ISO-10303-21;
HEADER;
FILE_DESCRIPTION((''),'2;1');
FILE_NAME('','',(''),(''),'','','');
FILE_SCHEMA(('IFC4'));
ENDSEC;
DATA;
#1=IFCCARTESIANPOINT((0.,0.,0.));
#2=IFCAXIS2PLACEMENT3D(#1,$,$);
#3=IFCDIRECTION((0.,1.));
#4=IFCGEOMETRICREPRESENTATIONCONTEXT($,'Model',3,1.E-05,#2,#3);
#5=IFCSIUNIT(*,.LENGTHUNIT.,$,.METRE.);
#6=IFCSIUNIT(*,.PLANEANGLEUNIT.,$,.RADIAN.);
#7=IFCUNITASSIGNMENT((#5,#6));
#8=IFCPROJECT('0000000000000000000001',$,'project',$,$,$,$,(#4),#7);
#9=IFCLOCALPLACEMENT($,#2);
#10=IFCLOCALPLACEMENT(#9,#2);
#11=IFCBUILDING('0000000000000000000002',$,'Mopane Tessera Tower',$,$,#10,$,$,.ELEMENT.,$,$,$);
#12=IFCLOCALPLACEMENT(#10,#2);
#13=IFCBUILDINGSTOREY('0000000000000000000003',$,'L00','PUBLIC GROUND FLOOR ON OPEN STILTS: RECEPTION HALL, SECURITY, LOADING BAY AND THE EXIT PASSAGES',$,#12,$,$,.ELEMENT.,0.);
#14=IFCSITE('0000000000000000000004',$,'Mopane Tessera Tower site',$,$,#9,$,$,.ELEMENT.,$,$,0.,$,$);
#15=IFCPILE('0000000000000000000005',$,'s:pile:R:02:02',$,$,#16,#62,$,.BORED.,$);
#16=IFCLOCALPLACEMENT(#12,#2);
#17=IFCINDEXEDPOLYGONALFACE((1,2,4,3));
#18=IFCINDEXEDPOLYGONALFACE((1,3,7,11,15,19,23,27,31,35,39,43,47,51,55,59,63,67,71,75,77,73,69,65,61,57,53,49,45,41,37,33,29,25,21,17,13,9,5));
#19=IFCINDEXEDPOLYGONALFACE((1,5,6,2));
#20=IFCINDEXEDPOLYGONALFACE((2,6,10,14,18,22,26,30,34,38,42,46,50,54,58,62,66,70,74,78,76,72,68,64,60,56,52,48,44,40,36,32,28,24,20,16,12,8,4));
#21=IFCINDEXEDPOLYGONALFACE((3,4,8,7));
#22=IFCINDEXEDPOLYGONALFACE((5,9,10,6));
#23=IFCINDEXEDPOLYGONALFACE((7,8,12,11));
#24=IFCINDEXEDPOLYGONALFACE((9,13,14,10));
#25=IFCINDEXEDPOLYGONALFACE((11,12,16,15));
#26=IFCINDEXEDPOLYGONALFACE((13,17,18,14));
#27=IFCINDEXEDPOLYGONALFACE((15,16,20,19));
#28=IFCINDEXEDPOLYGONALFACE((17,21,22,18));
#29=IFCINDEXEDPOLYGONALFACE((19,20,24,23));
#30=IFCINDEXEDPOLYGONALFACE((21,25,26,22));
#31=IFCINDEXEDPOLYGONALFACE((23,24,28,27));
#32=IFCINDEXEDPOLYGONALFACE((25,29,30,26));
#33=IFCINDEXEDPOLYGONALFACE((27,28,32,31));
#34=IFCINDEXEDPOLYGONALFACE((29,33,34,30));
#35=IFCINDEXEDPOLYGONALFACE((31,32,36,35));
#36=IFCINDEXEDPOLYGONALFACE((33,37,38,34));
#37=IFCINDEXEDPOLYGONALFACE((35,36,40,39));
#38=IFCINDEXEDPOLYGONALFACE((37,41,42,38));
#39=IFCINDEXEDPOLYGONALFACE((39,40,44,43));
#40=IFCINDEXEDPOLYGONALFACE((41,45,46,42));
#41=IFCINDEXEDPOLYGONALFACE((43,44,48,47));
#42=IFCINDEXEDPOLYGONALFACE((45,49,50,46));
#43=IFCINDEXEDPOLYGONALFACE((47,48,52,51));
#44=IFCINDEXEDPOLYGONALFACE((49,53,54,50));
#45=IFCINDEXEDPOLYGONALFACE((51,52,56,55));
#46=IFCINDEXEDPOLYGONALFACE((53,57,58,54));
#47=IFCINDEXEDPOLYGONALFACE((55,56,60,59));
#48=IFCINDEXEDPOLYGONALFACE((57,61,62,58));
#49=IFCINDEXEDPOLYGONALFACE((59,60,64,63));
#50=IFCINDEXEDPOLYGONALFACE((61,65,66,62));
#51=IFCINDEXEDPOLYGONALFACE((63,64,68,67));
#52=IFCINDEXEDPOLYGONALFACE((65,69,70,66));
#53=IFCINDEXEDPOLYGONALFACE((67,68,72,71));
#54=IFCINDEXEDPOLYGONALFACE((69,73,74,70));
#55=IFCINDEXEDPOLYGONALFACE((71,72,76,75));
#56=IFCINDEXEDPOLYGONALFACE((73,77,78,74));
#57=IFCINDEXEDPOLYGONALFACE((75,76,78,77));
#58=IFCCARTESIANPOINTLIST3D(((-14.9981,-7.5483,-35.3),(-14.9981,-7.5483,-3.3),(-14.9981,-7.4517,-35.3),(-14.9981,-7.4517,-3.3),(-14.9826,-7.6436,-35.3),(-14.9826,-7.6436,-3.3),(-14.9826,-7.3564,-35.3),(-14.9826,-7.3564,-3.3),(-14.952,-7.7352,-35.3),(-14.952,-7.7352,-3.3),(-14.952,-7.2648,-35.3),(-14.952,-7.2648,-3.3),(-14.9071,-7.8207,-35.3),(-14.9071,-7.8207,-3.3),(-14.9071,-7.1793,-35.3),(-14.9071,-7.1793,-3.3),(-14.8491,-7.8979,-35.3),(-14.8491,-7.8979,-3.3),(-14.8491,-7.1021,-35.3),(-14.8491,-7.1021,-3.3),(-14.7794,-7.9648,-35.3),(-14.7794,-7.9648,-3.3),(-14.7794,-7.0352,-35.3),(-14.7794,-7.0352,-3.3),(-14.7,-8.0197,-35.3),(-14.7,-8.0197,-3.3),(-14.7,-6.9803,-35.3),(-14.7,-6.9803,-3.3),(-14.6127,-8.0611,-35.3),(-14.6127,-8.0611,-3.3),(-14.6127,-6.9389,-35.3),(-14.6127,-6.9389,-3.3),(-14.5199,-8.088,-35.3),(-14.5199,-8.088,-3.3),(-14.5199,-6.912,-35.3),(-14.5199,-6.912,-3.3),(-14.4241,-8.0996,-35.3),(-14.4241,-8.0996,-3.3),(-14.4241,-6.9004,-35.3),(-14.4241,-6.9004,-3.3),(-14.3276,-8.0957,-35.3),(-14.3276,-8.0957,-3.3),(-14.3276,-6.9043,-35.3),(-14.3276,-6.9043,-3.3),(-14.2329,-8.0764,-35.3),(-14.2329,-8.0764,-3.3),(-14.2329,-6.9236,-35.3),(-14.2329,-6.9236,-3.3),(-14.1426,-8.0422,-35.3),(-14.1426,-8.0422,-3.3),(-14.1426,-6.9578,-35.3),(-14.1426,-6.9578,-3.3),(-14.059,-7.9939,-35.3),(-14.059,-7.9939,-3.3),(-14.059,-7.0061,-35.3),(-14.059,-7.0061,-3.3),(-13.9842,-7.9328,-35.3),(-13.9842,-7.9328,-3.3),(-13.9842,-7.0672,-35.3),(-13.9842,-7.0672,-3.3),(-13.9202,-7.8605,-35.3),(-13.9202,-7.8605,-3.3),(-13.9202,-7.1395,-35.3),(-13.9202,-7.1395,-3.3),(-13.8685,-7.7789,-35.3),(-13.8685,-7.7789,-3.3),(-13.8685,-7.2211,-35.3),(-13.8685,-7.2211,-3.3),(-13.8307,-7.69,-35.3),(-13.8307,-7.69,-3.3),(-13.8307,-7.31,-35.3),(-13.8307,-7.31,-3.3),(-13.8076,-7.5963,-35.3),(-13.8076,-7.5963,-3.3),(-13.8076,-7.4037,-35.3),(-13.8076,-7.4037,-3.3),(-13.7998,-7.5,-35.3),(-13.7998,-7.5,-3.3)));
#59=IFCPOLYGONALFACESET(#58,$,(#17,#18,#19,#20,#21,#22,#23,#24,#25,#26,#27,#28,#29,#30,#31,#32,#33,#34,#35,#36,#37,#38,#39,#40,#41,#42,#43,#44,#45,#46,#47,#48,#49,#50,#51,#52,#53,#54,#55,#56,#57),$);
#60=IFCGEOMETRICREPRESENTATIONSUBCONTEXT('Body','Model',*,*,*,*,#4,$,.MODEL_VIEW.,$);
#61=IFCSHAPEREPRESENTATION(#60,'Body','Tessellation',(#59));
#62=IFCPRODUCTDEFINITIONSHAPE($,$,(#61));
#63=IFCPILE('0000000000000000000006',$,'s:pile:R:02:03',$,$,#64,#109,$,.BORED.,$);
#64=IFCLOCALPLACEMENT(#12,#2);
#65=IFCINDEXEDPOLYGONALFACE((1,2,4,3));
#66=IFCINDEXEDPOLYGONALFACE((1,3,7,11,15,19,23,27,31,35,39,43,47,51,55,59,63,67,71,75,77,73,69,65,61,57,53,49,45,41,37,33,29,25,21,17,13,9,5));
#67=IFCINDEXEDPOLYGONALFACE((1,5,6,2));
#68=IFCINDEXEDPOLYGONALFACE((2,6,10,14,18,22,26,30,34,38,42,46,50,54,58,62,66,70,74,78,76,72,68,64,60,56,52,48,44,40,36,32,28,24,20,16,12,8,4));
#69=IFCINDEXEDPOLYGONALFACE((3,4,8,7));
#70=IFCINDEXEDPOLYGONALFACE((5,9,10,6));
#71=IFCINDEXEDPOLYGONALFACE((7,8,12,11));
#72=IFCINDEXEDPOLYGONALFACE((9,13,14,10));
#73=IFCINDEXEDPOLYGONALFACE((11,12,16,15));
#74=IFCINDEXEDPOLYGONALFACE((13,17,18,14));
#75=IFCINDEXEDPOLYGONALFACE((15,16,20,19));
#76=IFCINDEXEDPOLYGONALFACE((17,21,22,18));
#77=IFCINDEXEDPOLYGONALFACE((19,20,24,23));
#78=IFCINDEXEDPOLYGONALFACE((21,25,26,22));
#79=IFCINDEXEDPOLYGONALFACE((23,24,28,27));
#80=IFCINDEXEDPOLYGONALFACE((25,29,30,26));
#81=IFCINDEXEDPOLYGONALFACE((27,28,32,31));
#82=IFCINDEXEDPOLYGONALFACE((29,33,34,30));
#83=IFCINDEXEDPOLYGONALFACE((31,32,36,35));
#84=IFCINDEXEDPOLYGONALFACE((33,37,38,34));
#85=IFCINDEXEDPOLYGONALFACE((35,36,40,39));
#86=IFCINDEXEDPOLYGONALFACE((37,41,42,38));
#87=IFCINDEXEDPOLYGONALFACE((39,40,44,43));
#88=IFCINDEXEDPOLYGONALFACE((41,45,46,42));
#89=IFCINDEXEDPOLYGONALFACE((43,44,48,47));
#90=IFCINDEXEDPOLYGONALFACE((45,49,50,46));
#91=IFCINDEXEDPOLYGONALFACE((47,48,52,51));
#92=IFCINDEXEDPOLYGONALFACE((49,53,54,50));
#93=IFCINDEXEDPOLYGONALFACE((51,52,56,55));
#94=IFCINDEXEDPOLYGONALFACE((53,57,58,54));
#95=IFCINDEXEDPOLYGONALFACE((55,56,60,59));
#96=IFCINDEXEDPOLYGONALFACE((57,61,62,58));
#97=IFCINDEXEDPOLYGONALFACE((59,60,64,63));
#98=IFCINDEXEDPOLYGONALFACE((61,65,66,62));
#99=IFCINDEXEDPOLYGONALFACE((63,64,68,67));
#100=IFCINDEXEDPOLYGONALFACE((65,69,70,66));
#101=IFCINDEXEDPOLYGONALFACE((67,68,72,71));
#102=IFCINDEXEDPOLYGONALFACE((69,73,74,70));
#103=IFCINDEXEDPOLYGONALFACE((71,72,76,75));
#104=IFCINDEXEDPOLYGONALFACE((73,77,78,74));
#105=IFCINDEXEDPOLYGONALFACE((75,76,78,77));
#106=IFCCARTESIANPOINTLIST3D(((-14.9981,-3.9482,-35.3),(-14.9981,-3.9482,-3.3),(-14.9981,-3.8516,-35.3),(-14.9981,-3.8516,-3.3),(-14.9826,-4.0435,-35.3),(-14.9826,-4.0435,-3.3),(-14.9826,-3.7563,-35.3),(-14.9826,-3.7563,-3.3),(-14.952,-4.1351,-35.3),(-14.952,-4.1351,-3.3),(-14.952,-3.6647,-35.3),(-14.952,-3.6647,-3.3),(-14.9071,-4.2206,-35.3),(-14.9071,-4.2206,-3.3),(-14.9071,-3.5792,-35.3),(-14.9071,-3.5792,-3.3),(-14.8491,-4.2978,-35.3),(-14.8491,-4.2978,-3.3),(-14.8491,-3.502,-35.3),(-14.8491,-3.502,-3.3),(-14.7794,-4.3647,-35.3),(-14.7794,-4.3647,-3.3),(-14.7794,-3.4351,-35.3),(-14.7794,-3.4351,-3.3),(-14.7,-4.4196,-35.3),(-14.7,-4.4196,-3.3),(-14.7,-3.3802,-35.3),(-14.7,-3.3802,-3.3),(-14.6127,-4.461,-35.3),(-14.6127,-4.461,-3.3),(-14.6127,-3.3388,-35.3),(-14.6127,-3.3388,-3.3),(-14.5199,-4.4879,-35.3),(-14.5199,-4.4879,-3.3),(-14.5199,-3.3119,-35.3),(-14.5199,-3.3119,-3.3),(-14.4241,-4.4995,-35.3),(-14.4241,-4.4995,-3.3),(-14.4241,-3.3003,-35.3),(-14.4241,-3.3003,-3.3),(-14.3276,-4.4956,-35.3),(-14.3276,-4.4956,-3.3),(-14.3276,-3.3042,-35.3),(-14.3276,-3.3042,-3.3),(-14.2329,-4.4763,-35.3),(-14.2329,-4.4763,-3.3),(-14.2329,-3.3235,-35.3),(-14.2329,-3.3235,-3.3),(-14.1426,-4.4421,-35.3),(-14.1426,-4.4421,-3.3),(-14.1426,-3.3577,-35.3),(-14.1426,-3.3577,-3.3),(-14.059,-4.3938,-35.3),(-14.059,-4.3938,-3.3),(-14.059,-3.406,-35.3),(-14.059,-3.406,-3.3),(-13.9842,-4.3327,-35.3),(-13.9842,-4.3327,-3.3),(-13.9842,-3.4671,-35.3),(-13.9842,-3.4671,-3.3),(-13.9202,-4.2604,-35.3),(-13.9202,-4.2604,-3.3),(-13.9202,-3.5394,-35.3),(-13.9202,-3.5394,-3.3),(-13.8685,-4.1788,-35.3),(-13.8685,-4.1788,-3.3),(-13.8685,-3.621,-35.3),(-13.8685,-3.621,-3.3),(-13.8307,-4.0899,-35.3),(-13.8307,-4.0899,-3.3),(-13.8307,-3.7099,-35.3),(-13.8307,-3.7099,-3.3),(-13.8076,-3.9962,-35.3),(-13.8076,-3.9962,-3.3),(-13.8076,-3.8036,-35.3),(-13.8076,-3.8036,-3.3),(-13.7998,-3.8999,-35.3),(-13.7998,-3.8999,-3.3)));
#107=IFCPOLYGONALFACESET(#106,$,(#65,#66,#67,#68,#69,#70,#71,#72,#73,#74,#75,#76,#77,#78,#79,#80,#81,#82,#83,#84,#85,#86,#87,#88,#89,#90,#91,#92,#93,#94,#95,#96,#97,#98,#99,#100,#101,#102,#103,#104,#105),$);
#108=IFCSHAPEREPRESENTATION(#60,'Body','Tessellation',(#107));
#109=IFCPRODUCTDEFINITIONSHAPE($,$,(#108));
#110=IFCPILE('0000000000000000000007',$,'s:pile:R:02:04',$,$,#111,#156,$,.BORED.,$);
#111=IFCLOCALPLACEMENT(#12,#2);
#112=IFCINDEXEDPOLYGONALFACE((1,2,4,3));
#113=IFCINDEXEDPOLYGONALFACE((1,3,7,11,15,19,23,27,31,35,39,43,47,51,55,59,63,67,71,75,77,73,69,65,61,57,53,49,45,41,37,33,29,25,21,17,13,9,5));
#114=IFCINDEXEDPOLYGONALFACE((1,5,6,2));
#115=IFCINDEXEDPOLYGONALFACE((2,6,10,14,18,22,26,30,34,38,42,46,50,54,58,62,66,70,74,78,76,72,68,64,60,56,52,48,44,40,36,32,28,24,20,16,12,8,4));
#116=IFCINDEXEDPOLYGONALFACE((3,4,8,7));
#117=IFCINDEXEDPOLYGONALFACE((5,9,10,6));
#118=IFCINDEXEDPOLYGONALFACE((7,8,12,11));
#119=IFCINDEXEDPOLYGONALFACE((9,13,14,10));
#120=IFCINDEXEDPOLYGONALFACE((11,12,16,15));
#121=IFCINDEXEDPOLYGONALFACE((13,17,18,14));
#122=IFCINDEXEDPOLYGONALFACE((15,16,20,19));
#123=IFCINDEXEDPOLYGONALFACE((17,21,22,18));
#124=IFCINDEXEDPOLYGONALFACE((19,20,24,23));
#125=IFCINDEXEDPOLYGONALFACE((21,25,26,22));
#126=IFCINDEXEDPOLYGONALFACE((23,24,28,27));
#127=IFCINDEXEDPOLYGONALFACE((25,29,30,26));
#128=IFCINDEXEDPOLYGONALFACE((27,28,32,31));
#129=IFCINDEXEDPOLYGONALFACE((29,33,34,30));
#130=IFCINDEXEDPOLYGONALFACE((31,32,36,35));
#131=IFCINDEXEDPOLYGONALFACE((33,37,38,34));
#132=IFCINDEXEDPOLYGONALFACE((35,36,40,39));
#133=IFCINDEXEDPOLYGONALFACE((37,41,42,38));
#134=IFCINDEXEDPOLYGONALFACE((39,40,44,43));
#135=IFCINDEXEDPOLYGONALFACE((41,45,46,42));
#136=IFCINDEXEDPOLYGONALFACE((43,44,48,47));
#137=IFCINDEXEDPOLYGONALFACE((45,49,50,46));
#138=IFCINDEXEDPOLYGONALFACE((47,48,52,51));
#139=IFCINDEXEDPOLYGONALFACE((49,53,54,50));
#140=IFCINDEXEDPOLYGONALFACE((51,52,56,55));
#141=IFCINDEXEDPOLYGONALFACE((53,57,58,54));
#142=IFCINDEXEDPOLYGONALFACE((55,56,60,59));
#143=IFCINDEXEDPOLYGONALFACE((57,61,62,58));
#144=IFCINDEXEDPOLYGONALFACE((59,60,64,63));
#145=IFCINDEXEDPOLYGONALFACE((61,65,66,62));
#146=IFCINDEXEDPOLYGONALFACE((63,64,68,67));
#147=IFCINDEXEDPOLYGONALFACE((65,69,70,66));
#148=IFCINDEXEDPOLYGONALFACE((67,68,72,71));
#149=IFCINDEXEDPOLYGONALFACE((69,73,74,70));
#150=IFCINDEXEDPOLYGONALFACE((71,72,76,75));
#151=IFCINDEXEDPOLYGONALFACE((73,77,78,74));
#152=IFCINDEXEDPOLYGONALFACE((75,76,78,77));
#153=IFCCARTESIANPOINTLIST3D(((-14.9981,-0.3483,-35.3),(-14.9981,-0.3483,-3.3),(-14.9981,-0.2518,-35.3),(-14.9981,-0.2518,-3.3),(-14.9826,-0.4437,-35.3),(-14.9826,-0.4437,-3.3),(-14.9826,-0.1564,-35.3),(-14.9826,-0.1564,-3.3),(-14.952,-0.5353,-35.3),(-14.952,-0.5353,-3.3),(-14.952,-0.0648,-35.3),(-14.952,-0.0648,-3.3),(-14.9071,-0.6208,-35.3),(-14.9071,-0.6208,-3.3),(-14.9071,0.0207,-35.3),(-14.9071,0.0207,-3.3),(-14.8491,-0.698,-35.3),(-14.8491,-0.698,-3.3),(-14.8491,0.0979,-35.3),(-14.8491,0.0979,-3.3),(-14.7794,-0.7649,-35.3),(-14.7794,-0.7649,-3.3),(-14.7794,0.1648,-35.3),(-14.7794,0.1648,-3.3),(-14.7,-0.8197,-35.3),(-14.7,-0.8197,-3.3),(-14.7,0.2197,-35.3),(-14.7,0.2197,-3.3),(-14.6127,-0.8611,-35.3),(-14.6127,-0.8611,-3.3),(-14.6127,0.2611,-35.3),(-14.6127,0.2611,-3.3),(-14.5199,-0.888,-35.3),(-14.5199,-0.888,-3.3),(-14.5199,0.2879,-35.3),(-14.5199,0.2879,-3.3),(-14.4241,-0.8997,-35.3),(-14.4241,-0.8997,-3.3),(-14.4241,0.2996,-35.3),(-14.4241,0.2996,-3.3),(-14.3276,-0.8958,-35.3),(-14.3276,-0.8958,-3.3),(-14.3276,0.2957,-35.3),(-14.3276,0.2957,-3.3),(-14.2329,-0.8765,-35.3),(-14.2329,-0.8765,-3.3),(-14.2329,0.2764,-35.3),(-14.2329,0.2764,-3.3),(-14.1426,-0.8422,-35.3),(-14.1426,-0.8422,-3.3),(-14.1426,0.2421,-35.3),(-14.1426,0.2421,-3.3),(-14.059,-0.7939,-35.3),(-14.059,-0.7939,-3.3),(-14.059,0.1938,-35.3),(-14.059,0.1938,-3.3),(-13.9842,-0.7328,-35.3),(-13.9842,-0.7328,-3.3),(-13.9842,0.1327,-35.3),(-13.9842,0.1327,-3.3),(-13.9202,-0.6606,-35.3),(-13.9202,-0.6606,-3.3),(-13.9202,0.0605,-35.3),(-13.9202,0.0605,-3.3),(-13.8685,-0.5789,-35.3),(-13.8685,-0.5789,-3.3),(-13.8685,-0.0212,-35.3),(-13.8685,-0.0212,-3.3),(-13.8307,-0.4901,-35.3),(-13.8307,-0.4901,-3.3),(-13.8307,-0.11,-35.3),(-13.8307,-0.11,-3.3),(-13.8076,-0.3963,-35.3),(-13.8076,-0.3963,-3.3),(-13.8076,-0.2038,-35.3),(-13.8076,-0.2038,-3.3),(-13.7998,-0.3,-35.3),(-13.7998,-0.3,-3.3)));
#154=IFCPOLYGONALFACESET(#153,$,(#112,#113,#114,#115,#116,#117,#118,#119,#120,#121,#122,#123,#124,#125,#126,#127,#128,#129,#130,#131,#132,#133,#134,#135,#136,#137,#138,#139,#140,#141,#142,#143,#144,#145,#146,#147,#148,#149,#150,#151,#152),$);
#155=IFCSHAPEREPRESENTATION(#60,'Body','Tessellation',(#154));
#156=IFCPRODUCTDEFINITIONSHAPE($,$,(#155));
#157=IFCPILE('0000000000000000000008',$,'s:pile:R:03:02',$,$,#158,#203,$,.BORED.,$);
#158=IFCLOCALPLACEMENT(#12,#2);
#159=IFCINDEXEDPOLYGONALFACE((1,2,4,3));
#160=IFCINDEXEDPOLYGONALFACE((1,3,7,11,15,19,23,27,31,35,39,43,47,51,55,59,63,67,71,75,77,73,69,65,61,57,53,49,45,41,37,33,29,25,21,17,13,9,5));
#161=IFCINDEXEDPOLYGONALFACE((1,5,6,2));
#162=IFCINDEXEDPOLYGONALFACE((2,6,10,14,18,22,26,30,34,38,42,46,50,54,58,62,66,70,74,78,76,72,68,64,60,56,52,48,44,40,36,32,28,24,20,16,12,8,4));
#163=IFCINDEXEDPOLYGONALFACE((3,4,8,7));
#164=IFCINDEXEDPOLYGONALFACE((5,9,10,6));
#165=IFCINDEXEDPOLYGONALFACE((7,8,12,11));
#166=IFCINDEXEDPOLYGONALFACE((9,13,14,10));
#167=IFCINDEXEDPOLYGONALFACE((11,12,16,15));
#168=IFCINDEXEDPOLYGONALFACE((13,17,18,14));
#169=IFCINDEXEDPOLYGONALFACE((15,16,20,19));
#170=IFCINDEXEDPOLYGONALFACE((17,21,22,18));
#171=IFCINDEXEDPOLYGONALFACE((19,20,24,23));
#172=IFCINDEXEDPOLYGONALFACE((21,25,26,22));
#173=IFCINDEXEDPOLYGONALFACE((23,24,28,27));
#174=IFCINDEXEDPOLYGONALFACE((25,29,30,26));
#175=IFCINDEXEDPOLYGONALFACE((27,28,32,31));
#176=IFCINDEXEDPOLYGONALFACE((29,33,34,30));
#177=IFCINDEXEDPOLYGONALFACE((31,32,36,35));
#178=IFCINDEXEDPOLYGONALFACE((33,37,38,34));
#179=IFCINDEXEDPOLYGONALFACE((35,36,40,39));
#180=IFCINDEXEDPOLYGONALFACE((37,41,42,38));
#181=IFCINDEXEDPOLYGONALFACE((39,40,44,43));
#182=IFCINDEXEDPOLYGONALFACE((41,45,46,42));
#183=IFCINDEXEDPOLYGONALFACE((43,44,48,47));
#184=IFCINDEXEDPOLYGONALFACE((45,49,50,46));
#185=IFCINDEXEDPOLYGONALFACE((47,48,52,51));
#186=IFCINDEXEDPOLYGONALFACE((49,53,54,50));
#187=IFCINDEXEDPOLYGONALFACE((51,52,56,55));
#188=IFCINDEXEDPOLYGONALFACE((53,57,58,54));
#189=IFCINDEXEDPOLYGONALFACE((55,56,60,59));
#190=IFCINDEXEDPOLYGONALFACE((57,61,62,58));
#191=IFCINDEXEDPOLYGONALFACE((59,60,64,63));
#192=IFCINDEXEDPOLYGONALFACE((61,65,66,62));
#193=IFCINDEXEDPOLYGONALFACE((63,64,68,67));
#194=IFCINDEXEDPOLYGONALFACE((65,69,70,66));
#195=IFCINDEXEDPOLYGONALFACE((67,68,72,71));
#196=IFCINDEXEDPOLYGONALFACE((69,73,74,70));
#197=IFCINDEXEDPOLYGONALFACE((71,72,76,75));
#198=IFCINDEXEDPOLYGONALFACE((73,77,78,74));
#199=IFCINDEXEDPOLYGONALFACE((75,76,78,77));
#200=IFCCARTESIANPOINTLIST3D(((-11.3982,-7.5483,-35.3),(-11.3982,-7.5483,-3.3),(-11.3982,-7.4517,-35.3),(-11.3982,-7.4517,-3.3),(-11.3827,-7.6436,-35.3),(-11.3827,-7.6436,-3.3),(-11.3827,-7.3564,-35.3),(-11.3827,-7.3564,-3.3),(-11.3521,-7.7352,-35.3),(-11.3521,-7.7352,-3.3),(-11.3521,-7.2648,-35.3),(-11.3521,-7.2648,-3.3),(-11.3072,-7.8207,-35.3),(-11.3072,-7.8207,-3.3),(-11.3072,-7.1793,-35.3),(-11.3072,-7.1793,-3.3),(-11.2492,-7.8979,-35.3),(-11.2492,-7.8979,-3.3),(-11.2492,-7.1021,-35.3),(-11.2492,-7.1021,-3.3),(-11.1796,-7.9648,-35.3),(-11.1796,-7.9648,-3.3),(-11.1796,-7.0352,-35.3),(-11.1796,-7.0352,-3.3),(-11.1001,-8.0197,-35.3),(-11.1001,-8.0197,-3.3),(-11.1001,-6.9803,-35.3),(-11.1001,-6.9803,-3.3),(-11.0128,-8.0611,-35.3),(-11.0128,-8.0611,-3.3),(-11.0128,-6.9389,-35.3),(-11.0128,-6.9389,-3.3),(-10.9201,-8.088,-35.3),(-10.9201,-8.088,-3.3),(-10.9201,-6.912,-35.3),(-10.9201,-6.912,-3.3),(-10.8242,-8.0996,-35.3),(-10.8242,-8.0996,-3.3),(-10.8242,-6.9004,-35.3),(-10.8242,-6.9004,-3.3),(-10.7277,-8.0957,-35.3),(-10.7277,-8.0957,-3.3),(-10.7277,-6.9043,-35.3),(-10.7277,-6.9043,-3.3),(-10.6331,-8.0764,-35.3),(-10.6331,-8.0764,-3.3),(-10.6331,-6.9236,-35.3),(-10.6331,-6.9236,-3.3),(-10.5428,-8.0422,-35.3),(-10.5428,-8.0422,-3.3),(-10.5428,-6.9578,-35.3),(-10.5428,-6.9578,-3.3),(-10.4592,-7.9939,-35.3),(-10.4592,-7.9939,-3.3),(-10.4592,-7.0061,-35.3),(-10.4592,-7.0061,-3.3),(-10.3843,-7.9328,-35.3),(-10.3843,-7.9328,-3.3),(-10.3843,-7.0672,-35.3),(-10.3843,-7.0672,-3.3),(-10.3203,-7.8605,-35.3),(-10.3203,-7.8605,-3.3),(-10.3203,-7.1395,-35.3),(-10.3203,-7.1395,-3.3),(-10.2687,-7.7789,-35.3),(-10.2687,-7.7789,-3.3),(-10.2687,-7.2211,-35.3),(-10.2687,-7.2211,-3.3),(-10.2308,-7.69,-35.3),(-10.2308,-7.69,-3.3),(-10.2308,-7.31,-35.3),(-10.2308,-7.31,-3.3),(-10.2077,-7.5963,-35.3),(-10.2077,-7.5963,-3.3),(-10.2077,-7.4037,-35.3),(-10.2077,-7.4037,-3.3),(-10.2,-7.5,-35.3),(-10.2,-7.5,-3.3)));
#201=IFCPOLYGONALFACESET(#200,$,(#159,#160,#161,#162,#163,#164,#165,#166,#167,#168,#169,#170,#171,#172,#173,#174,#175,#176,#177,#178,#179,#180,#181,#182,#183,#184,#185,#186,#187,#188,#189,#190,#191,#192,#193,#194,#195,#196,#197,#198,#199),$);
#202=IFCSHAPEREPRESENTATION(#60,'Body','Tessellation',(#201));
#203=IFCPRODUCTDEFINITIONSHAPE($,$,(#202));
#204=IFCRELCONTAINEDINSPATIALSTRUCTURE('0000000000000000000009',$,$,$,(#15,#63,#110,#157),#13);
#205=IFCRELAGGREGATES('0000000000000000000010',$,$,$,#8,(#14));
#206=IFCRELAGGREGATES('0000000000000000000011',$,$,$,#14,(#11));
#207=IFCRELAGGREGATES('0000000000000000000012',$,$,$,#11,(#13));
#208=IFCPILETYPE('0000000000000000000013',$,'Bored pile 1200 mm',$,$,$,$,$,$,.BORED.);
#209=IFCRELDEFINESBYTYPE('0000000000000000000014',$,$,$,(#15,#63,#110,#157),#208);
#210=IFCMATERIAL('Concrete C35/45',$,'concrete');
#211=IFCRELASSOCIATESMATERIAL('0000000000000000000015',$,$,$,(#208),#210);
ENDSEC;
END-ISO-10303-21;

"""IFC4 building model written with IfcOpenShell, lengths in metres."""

from ifc_helpers import new_model, si_unit, direction, frame, origin, origin_2d, place, context, subcontext, project, spatial, circle, extrude, material, material_profile, profile_set, type_object, element, save


model = new_model("IFC4")

# Units and contexts
model_context = context("Model", 3, precision=1e-05, world=origin(), true_north=direction((0.0, 1.0)))
body_context = subcontext(model_context, "Body", "Model", "MODEL_VIEW")
ifc_project = project(units=[si_unit("LENGTHUNIT", "METRE"), si_unit("PLANEANGLEUNIT", "RADIAN")], contexts=[model_context])

# Site, building, storey
site_placement = place(None, origin())
site = spatial("IfcSite", under=ifc_project, at=site_placement, Name="Mopane Tessera Tower site", CompositionType="ELEMENT", RefElevation=0.0)
building_placement = place(site_placement, origin())
building = spatial("IfcBuilding", under=site, at=building_placement, Name="Mopane Tessera Tower", CompositionType="ELEMENT")
storey_placement = place(building_placement, origin())
storey = spatial("IfcBuildingStorey", under=building, at=storey_placement, Name="L00", Description="PUBLIC GROUND FLOOR ON OPEN STILTS: RECEPTION HALL, SECURITY, LOADING BAY AND THE EXIT PASSAGES", CompositionType="ELEMENT", Elevation=0.0)

# Piles
ifc_material_1 = material(Name="Concrete C35/45", Category="concrete")
ifc_material_profile_1 = material_profile(ifc_material_1, circle(Radius=0.6001, at=origin_2d()))
ifc_profile_set_1 = profile_set([ifc_material_profile_1], Name="Concrete C35/45")
pile_type = type_object("IfcPileType", Name="Bored pile 1200 mm", PredefinedType="BORED", material=ifc_profile_set_1)
for number, where, z_axis, x_axis, name in (
    (1, (-14.3999, -7.5, -3.3), (0.0, 0.0, -1.0), (1.0, 0.0, 0.0), "s:pile:R:02:02"),
    (2, (-14.3999, -3.8999, -3.3), (0.0, 0.0, -1.0), (1.0, 0.0, 0.0), "s:pile:R:02:03"),
    (3, (-14.3999, -0.3, -3.3), (0.0, 0.0, -1.0), (1.0, 0.0, 0.0), "s:pile:R:02:04"),
    (4, (-10.8, -7.5, -3.3), (0.0, 0.0, -1.0), (1.0, 0.0, 0.0), "s:pile:R:03:02"),
):
    element("IfcPile", number, at=place(storey_placement, frame(where, z_axis=z_axis, x_axis=x_axis)), inside=storey, type_object=pile_type, Name=name, PredefinedType="BORED", context=body_context, shape_type="SweptSolid", body=[
        extrude(circle(Radius=0.6001, at=origin_2d()), origin(), (0.0, 0.0, 1.0), 32.0),
    ])

save(model, "model.ifc")
